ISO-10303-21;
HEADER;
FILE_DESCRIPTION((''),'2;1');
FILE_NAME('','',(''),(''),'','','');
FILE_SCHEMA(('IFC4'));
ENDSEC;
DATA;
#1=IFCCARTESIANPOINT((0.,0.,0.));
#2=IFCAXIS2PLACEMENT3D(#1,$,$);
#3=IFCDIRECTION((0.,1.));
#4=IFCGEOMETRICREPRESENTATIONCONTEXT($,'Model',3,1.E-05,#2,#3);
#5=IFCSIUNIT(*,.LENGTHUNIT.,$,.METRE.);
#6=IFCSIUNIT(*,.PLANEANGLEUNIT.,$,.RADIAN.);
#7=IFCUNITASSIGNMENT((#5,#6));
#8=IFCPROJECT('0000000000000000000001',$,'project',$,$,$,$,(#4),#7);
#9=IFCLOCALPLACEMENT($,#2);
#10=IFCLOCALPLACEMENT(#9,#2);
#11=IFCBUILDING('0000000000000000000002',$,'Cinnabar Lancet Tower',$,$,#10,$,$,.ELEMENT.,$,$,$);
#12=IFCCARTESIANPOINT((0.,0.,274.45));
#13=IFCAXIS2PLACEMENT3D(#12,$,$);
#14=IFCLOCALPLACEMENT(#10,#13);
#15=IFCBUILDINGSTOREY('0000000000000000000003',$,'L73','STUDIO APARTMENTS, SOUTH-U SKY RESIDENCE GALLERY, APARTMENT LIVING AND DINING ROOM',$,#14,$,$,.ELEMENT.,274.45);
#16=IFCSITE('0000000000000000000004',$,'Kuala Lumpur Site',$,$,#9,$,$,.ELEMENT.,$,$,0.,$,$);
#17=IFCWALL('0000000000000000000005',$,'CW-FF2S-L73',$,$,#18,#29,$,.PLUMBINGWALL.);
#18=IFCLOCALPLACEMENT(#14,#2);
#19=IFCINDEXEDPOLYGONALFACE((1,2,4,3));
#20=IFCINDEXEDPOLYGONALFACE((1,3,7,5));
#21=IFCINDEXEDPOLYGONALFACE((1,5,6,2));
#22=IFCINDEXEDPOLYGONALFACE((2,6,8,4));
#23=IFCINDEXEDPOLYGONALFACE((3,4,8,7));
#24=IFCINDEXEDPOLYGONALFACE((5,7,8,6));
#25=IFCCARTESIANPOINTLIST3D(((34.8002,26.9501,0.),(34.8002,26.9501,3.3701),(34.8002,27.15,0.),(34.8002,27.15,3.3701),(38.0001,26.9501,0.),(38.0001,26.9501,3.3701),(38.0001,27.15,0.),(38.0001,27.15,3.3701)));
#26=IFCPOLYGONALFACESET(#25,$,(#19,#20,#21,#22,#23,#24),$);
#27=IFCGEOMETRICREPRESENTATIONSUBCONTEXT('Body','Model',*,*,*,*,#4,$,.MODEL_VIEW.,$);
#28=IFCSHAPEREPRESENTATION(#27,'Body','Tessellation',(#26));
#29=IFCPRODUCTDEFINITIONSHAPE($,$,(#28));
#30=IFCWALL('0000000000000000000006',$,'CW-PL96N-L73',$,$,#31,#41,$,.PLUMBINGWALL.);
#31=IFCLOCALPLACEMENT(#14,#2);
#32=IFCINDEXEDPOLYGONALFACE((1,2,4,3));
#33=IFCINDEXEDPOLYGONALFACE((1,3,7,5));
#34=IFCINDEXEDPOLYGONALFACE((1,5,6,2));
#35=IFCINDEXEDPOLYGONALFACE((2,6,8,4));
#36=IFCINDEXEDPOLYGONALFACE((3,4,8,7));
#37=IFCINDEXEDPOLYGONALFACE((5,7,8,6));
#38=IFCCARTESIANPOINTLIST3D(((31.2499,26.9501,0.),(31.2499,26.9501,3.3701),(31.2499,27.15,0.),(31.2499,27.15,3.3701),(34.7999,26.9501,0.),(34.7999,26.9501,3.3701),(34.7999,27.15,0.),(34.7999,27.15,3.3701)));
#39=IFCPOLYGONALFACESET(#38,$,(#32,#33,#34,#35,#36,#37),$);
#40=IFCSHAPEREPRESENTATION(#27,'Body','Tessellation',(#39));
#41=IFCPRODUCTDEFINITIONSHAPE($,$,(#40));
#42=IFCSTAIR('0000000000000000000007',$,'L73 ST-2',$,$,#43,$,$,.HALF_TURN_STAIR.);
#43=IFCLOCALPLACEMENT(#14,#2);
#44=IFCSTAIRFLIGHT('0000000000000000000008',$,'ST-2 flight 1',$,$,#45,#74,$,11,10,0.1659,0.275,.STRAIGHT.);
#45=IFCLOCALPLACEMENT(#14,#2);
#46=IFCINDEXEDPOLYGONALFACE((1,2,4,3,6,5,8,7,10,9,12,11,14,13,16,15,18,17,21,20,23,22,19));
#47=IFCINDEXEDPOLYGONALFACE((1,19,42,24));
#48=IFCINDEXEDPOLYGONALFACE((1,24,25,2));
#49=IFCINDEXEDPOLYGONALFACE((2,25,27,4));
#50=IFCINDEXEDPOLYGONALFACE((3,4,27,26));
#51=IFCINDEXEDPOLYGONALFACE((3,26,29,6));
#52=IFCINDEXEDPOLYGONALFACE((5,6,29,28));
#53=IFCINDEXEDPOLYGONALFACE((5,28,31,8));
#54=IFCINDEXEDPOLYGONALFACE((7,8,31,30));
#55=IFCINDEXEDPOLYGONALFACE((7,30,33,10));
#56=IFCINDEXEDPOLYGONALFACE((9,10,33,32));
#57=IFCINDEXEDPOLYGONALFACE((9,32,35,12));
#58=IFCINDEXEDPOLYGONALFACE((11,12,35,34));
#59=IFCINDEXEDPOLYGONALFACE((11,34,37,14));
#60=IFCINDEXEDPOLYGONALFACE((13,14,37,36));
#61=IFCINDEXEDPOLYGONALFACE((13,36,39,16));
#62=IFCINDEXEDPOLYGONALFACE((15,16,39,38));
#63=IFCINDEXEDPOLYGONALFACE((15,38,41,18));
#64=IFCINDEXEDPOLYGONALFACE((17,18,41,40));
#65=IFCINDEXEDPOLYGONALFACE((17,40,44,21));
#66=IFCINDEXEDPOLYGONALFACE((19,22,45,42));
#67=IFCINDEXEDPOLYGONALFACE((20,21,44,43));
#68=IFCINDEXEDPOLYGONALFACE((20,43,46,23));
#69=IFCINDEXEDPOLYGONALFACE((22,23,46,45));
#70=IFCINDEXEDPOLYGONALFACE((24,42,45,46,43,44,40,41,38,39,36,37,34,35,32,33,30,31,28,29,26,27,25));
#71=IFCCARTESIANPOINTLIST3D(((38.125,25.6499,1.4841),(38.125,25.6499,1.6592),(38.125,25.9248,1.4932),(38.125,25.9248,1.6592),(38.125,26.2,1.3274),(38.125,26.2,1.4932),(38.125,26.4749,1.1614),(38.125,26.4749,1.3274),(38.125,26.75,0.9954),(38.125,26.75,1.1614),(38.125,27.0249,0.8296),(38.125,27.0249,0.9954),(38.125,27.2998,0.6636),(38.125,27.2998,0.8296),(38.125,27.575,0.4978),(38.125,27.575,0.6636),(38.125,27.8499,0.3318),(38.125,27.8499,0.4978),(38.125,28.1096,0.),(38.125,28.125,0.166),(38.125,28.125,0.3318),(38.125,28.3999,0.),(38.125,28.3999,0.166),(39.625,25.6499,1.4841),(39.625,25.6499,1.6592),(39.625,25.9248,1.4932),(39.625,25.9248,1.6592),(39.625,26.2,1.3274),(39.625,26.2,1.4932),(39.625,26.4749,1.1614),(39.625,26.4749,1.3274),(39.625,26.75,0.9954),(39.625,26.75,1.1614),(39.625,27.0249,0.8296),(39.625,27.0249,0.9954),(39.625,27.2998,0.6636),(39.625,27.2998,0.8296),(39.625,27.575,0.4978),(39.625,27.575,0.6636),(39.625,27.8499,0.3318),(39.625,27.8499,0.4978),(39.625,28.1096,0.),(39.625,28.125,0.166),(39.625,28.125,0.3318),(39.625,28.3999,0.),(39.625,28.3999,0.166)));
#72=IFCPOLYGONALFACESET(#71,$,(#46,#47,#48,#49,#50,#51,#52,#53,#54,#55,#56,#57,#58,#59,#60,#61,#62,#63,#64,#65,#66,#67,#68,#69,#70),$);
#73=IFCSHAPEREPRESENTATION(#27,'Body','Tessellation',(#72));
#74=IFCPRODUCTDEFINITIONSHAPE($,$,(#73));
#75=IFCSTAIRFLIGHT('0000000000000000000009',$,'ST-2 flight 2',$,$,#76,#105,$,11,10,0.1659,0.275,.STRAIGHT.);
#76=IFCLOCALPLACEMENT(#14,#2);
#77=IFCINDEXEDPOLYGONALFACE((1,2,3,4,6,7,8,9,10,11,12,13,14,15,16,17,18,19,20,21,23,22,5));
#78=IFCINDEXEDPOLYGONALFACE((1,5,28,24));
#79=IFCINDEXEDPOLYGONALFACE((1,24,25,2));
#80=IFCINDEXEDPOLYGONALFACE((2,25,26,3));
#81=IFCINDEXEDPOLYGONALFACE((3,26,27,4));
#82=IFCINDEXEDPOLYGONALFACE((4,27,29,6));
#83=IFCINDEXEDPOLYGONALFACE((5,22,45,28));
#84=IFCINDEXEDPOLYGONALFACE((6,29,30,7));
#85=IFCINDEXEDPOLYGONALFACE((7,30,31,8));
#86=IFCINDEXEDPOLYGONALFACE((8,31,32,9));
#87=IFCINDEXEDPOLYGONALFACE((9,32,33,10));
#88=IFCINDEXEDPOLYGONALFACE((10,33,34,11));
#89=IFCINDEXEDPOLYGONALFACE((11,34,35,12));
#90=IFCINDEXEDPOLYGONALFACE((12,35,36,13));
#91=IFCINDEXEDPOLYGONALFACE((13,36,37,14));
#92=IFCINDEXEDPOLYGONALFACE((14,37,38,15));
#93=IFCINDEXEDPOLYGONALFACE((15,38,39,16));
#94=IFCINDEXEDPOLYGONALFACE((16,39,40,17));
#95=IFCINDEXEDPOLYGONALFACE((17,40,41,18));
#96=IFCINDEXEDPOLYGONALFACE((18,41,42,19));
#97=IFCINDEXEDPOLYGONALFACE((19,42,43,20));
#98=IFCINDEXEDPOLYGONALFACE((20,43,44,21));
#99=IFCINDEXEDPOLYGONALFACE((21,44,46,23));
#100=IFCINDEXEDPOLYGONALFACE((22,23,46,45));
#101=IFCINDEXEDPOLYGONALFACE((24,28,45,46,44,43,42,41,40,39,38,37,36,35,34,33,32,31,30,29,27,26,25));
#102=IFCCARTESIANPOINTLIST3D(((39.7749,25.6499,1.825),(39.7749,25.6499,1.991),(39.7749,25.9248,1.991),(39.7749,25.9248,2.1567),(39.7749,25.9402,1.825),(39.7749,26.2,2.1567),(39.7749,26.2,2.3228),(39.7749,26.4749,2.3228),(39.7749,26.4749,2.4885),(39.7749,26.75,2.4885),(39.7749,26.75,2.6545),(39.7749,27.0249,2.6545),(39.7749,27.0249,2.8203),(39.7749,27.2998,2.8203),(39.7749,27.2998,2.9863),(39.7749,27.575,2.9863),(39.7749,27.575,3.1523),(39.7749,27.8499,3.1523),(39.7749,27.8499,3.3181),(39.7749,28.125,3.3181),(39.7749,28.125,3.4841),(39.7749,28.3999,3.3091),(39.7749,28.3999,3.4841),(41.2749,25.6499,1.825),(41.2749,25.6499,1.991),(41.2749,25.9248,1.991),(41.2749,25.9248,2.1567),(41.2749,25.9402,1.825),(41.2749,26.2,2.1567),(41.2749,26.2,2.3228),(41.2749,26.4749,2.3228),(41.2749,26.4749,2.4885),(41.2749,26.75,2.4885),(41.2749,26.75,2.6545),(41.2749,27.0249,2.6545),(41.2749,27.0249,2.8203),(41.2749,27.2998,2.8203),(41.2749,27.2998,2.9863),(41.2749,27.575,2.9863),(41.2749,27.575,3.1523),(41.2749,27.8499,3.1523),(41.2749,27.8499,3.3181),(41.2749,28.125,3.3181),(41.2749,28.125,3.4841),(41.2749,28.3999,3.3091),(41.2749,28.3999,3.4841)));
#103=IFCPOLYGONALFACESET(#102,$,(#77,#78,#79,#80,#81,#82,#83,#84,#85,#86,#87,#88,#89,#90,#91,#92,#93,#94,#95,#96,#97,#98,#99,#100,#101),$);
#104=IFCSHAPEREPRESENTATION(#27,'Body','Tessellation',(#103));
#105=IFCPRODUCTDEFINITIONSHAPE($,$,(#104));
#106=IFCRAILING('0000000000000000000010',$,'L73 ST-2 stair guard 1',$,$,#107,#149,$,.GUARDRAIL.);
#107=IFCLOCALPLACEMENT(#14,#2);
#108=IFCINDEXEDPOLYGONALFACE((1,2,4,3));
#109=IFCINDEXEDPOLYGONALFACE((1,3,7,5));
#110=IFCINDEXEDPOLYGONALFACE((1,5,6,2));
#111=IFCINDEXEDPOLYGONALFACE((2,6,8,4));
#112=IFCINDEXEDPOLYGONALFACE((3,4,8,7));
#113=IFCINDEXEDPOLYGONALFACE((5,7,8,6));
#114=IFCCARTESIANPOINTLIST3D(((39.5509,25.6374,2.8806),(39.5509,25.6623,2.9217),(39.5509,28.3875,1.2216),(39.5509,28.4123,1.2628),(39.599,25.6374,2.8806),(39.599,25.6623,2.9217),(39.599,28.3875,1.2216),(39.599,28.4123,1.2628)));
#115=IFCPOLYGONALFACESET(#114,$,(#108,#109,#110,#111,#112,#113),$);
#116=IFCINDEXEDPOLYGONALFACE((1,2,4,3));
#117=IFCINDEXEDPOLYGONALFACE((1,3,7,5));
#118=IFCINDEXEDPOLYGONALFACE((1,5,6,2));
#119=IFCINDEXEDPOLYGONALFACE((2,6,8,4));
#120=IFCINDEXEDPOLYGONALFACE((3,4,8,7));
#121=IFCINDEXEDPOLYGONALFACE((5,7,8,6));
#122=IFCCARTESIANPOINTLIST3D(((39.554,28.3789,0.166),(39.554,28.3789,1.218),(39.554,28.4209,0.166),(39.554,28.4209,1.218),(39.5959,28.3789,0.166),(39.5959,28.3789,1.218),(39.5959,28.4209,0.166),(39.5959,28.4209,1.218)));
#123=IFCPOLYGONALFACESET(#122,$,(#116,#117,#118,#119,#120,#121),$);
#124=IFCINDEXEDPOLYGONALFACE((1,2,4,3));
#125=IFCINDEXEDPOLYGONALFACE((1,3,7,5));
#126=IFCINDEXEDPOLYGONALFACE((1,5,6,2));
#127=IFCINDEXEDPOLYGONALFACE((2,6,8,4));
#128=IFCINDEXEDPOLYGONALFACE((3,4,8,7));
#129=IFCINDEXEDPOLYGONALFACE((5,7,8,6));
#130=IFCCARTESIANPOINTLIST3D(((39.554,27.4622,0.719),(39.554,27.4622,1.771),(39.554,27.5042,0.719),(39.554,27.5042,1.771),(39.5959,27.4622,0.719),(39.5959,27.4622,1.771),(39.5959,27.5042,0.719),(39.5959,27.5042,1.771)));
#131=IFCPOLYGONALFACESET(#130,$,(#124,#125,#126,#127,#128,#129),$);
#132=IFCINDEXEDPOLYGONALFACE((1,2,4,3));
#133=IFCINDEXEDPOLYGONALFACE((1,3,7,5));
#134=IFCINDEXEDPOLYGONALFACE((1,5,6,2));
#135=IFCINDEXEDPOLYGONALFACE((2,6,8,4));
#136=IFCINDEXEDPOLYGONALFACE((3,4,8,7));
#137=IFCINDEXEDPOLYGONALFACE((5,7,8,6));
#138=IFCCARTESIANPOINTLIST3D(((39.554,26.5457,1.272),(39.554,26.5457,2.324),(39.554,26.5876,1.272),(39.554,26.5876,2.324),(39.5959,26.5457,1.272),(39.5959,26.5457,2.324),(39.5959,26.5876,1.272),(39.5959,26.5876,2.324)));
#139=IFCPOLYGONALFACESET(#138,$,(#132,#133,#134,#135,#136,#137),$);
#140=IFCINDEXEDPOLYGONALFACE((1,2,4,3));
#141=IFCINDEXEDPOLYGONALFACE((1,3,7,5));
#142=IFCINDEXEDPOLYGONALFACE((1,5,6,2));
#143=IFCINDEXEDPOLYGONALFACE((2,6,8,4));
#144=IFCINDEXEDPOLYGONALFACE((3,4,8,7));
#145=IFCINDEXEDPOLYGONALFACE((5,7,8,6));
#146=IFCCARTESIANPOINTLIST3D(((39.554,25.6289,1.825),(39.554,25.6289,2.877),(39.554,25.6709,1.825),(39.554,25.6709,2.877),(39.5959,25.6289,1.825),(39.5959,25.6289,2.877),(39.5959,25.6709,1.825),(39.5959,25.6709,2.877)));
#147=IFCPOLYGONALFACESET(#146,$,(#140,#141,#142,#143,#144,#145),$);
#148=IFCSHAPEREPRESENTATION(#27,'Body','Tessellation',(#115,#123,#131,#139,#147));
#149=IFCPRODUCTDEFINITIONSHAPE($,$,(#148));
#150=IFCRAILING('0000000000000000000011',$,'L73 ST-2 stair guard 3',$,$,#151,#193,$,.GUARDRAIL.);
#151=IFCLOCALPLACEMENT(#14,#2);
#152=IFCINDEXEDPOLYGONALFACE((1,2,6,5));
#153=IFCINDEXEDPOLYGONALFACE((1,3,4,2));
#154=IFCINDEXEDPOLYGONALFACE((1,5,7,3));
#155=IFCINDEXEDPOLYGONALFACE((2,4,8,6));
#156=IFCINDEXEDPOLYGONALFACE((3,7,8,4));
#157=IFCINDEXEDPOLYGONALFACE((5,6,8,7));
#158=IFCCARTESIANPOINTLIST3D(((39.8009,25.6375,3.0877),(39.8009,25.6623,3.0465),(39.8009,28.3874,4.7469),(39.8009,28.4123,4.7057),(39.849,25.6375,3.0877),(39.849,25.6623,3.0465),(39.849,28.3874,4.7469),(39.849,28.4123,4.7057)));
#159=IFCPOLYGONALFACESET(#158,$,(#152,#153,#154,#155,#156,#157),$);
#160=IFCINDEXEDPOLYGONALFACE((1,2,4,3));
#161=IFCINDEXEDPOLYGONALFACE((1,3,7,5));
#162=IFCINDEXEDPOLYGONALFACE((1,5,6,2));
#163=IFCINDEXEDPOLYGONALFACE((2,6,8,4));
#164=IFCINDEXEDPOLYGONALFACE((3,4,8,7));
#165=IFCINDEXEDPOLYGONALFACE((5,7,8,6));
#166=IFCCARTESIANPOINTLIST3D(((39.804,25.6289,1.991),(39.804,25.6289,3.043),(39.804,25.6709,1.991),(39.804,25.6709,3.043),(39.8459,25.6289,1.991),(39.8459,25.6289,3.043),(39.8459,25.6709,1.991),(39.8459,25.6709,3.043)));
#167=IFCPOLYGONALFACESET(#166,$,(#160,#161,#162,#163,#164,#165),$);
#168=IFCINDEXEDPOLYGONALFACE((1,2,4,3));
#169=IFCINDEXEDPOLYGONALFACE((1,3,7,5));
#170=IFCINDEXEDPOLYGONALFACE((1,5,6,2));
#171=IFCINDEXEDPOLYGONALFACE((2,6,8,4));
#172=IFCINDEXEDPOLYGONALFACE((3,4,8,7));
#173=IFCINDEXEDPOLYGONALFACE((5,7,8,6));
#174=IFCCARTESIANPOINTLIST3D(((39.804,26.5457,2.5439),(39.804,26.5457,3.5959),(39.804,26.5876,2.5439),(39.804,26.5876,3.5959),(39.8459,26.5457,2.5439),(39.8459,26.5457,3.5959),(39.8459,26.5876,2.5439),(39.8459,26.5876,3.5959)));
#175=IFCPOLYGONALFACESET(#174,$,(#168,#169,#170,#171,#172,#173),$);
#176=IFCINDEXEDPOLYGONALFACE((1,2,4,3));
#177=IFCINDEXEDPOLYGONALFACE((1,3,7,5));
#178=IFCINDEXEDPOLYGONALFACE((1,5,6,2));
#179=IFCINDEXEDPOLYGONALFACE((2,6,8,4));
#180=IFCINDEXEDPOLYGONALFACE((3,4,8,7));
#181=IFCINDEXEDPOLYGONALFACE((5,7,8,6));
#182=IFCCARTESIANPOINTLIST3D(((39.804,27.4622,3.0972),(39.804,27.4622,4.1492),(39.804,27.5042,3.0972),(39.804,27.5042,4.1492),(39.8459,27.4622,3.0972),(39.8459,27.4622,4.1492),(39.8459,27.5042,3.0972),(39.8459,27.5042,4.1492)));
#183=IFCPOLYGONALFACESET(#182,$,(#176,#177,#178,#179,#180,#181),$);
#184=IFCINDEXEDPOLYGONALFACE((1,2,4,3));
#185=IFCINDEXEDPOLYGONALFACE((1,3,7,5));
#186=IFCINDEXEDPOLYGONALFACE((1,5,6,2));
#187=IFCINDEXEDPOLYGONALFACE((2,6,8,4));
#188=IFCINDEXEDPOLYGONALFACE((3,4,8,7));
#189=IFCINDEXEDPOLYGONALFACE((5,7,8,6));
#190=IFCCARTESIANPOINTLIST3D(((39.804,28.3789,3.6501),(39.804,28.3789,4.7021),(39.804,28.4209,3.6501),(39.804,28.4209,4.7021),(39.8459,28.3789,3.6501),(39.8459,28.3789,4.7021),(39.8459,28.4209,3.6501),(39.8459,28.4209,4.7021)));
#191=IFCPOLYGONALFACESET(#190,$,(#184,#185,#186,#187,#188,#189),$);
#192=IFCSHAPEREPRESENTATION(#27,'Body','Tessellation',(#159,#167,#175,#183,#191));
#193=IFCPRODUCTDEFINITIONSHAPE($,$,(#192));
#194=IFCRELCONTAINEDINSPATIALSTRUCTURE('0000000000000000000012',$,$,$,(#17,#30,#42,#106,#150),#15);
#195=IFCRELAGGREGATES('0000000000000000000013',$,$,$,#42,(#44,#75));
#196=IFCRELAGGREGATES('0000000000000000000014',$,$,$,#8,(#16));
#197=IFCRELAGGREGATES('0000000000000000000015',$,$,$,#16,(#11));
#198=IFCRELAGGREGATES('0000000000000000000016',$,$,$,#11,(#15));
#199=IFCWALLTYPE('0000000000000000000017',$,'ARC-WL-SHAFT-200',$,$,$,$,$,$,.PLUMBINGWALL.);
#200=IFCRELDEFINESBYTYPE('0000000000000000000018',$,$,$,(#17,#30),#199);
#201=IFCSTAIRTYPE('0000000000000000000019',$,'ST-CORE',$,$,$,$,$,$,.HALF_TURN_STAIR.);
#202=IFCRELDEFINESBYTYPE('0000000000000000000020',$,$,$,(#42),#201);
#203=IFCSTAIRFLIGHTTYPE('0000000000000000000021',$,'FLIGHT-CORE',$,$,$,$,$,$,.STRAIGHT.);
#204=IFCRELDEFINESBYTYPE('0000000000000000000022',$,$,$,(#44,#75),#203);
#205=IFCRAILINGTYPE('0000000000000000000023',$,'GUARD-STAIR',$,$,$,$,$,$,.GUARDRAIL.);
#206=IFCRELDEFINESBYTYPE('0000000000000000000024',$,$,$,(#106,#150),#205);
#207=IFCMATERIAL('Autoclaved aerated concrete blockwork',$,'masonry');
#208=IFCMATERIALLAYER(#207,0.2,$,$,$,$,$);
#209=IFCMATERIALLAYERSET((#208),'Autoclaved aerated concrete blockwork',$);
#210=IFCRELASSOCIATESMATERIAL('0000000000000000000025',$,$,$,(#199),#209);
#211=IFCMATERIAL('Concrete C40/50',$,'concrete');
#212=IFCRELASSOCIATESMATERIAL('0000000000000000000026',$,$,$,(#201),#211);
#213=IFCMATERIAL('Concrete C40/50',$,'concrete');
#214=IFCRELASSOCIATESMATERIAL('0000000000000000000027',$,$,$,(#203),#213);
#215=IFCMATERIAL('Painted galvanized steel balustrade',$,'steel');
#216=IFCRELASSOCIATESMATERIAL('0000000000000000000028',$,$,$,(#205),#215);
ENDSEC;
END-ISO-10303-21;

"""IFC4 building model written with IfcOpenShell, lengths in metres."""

from ifc_helpers import new_model, si_unit, direction, frame, frame_2d, origin, origin_2d, place, context, subcontext, project, spatial, polyline, rectangle, outline, extrude, material, layer, layer_set, type_object, element, aggregate, save


model = new_model("IFC4")

# Units and contexts
model_context = context("Model", 3, precision=1e-05, world=origin(), true_north=direction((0.0, 1.0)))
body_context = subcontext(model_context, "Body", "Model", "MODEL_VIEW")
ifc_project = project(units=[si_unit("LENGTHUNIT", "METRE"), si_unit("PLANEANGLEUNIT", "RADIAN")], contexts=[model_context])

# Site, building, storey
site_placement = place(None, origin())
site = spatial("IfcSite", under=ifc_project, at=site_placement, Name="Kuala Lumpur Site", CompositionType="ELEMENT", RefElevation=0.0)
building_placement = place(site_placement, origin())
building = spatial("IfcBuilding", under=site, at=building_placement, Name="Cinnabar Lancet Tower", CompositionType="ELEMENT")
storey_placement = place(building_placement, frame((0.0, 0.0, 274.45)))
storey = spatial("IfcBuildingStorey", under=building, at=storey_placement, Name="L73", Description="STUDIO APARTMENTS, SOUTH-U SKY RESIDENCE GALLERY, APARTMENT LIVING AND DINING ROOM", CompositionType="ELEMENT", Elevation=274.45)

# Shared definitions
ifc_material_1 = material(Name="Autoclaved aerated concrete blockwork", Category="masonry")
ifc_layer = layer(ifc_material_1, 0.2)
ifc_layer_set = layer_set([ifc_layer], Name="Autoclaved aerated concrete blockwork")
wall_type = type_object("IfcWallType", Name="ARC-WL-SHAFT-200", PredefinedType="PLUMBINGWALL", material=ifc_layer_set)

# Walls
wall_1_placement = place(storey_placement, frame((34.8, 27.05, 0.0), z_axis=(0.0, 0.0, 1.0), x_axis=(1.0, 0.0, 0.0)))
element("IfcWall", 1, at=wall_1_placement, inside=storey, type_object=wall_type, Name="CW-FF2S-L73", PredefinedType="PLUMBINGWALL", context=body_context, shape_type="SweptSolid", body=[
    extrude(rectangle(XDim=3.2, YDim=0.2, at=frame_2d((1.6001, 0.0))), origin(), (0.0, 0.0, 1.0), 3.3701),
])
wall_2_placement = place(storey_placement, frame((31.25, 27.05, 0.0), z_axis=(0.0, 0.0, 1.0), x_axis=(1.0, 0.0, 0.0)))
element("IfcWall", 2, at=wall_2_placement, inside=storey, type_object=wall_type, Name="CW-PL96N-L73", PredefinedType="PLUMBINGWALL", context=body_context, shape_type="SweptSolid", body=[
    extrude(rectangle(XDim=3.55, YDim=0.2, at=frame_2d((1.7749, 0.0))), origin(), (0.0, 0.0, 1.0), 3.3701),
])

# Stair, stair flights
ifc_material_2 = material(Name="Concrete C40/50", Category="concrete")
stair_type = type_object("IfcStairType", Name="ST-CORE", PredefinedType="HALF_TURN_STAIR", material=ifc_material_2)
stair_placement = place(storey_placement, origin())
stair = element("IfcStair", 3, at=stair_placement, inside=storey, type_object=stair_type, Name="L73 ST-2", PredefinedType="HALF_TURN_STAIR")
ifc_material_3 = material(Name="Concrete C40/50", Category="concrete")
stair_flight_type = type_object("IfcStairFlightType", Name="FLIGHT-CORE", PredefinedType="STRAIGHT", material=ifc_material_3)
stair_flight_1_placement = place(storey_placement, frame((38.875, 28.3999, 0.0), z_axis=(0.0, 0.0, 1.0), x_axis=(0.0, -1.0, 0.0)))
stair_flight_1 = element("IfcStairFlight", 4, at=stair_flight_1_placement, type_object=stair_flight_type, Name="ST-2 flight 1", NumberOfRisers=11, NumberOfTreads=10, PredefinedType="STRAIGHT", RiserHeight=0.1659, TreadLength=0.275, context=body_context, shape_type="SweptSolid", body=[
    extrude(outline(polyline([(0.0, 0.0), (0.0, 0.166), (0.2749, 0.166), (0.2749, 0.3318), (0.55, 0.3318), (0.55, 0.4978), (0.825, 0.4978), (0.825, 0.6636), (1.1001, 0.6636), (1.1001, 0.8296), (1.375, 0.8296), (1.375, 0.9954), (1.6499, 0.9954), (1.6499, 1.1614), (1.925, 1.1614), (1.925, 1.3274), (2.2, 1.3274), (2.2, 1.4932), (2.4751, 1.4932), (2.4751, 1.6592), (2.75, 1.6592), (2.75, 1.825), (2.75, 1.4841), (0.2903, 0.0), (0.0, 0.0)])), frame((0.0, 0.75, 0.0), z_axis=(0.0, -1.0, 0.0), x_axis=(1.0, 0.0, 0.0)), (0.0, 0.0, 1.0), 1.5),
])
stair_flight_2_placement = place(storey_placement, frame((40.5249, 25.6499, 1.825), z_axis=(0.0, 0.0, 1.0), x_axis=(0.0, 1.0, 0.0)))
stair_flight_2 = element("IfcStairFlight", 5, at=stair_flight_2_placement, type_object=stair_flight_type, Name="ST-2 flight 2", NumberOfRisers=11, NumberOfTreads=10, PredefinedType="STRAIGHT", RiserHeight=0.1659, TreadLength=0.275, context=body_context, shape_type="SweptSolid", body=[
    extrude(outline(polyline([(0.0, 0.0), (0.0, 0.166), (0.2749, 0.166), (0.2749, 0.3318), (0.55, 0.3318), (0.55, 0.4978), (0.825, 0.4978), (0.825, 0.6636), (1.1001, 0.6636), (1.1001, 0.8296), (1.375, 0.8296), (1.375, 0.9954), (1.6499, 0.9954), (1.6499, 1.1614), (1.925, 1.1614), (1.925, 1.3274), (2.2, 1.3274), (2.2, 1.4932), (2.4751, 1.4932), (2.4751, 1.6592), (2.75, 1.6592), (2.75, 1.825), (2.75, 1.4841), (0.2903, 0.0), (0.0, 0.0)])), frame((0.0, 0.75, 0.0), z_axis=(0.0, -1.0, 0.0), x_axis=(1.0, 0.0, 0.0)), (0.0, 0.0, 1.0), 1.5),
])
aggregate(stair, [stair_flight_1, stair_flight_2])

# Railings
ifc_material_4 = material(Name="Painted galvanized steel balustrade", Category="steel")
railing_type_1 = type_object("IfcRailingType", Name="GUARD-STAIR", PredefinedType="GUARDRAIL", material=ifc_material_4)
railing_1_placement = place(storey_placement, frame((39.575, 28.3999, 0.166)))
element("IfcRailing", 6, at=railing_1_placement, inside=storey, type_object=railing_type_1, Name="L73 ST-2 stair guard 1", PredefinedType="GUARDRAIL", context=body_context, shape_type="SweptSolid", body=[
    extrude(rectangle(XDim=0.0481, YDim=0.0481, at=origin_2d()), frame((0.0, 0.0, 1.0762), z_axis=(0.0, -0.856263, 0.51654), x_axis=(1.0, 0.0, 0.0)), (0.0, 0.0, 1.0), 3.2117),
    extrude(rectangle(XDim=0.042, YDim=0.042, at=origin_2d()), origin(), (0.0, 0.0, 1.0), 1.052),
    extrude(rectangle(XDim=0.042, YDim=0.042, at=origin_2d()), frame((0.0, -0.9167, 0.553)), (0.0, 0.0, 1.0), 1.052),
    extrude(rectangle(XDim=0.042, YDim=0.042, at=origin_2d()), frame((0.0, -1.8333, 1.106)), (0.0, 0.0, 1.0), 1.052),
    extrude(rectangle(XDim=0.042, YDim=0.042, at=origin_2d()), frame((0.0, -2.75, 1.6589)), (0.0, 0.0, 1.0), 1.052),
])
railing_2_placement = place(storey_placement, frame((39.825, 25.6499, 1.991)))
element("IfcRailing", 7, at=railing_2_placement, inside=storey, type_object=railing_type_1, Name="L73 ST-2 stair guard 3", PredefinedType="GUARDRAIL", context=body_context, shape_type="SweptSolid", body=[
    extrude(rectangle(XDim=0.0481, YDim=0.0481, at=origin_2d()), frame((0.0, 0.0, 1.0762), z_axis=(0.0, 0.856229, 0.516596), x_axis=(-1.0, 0.0, 0.0)), (0.0, 0.0, 1.0), 3.2117),
    extrude(rectangle(XDim=0.042, YDim=0.042, at=origin_2d()), origin(), (0.0, 0.0, 1.0), 1.052),
    extrude(rectangle(XDim=0.042, YDim=0.042, at=origin_2d()), frame((0.0, 0.9167, 0.553)), (0.0, 0.0, 1.0), 1.052),
    extrude(rectangle(XDim=0.042, YDim=0.042, at=origin_2d()), frame((0.0, 1.8333, 1.1062)), (0.0, 0.0, 1.0), 1.052),
    extrude(rectangle(XDim=0.042, YDim=0.042, at=origin_2d()), frame((0.0, 2.75, 1.6592)), (0.0, 0.0, 1.0), 1.052),
])

save(model, "model.ifc")
